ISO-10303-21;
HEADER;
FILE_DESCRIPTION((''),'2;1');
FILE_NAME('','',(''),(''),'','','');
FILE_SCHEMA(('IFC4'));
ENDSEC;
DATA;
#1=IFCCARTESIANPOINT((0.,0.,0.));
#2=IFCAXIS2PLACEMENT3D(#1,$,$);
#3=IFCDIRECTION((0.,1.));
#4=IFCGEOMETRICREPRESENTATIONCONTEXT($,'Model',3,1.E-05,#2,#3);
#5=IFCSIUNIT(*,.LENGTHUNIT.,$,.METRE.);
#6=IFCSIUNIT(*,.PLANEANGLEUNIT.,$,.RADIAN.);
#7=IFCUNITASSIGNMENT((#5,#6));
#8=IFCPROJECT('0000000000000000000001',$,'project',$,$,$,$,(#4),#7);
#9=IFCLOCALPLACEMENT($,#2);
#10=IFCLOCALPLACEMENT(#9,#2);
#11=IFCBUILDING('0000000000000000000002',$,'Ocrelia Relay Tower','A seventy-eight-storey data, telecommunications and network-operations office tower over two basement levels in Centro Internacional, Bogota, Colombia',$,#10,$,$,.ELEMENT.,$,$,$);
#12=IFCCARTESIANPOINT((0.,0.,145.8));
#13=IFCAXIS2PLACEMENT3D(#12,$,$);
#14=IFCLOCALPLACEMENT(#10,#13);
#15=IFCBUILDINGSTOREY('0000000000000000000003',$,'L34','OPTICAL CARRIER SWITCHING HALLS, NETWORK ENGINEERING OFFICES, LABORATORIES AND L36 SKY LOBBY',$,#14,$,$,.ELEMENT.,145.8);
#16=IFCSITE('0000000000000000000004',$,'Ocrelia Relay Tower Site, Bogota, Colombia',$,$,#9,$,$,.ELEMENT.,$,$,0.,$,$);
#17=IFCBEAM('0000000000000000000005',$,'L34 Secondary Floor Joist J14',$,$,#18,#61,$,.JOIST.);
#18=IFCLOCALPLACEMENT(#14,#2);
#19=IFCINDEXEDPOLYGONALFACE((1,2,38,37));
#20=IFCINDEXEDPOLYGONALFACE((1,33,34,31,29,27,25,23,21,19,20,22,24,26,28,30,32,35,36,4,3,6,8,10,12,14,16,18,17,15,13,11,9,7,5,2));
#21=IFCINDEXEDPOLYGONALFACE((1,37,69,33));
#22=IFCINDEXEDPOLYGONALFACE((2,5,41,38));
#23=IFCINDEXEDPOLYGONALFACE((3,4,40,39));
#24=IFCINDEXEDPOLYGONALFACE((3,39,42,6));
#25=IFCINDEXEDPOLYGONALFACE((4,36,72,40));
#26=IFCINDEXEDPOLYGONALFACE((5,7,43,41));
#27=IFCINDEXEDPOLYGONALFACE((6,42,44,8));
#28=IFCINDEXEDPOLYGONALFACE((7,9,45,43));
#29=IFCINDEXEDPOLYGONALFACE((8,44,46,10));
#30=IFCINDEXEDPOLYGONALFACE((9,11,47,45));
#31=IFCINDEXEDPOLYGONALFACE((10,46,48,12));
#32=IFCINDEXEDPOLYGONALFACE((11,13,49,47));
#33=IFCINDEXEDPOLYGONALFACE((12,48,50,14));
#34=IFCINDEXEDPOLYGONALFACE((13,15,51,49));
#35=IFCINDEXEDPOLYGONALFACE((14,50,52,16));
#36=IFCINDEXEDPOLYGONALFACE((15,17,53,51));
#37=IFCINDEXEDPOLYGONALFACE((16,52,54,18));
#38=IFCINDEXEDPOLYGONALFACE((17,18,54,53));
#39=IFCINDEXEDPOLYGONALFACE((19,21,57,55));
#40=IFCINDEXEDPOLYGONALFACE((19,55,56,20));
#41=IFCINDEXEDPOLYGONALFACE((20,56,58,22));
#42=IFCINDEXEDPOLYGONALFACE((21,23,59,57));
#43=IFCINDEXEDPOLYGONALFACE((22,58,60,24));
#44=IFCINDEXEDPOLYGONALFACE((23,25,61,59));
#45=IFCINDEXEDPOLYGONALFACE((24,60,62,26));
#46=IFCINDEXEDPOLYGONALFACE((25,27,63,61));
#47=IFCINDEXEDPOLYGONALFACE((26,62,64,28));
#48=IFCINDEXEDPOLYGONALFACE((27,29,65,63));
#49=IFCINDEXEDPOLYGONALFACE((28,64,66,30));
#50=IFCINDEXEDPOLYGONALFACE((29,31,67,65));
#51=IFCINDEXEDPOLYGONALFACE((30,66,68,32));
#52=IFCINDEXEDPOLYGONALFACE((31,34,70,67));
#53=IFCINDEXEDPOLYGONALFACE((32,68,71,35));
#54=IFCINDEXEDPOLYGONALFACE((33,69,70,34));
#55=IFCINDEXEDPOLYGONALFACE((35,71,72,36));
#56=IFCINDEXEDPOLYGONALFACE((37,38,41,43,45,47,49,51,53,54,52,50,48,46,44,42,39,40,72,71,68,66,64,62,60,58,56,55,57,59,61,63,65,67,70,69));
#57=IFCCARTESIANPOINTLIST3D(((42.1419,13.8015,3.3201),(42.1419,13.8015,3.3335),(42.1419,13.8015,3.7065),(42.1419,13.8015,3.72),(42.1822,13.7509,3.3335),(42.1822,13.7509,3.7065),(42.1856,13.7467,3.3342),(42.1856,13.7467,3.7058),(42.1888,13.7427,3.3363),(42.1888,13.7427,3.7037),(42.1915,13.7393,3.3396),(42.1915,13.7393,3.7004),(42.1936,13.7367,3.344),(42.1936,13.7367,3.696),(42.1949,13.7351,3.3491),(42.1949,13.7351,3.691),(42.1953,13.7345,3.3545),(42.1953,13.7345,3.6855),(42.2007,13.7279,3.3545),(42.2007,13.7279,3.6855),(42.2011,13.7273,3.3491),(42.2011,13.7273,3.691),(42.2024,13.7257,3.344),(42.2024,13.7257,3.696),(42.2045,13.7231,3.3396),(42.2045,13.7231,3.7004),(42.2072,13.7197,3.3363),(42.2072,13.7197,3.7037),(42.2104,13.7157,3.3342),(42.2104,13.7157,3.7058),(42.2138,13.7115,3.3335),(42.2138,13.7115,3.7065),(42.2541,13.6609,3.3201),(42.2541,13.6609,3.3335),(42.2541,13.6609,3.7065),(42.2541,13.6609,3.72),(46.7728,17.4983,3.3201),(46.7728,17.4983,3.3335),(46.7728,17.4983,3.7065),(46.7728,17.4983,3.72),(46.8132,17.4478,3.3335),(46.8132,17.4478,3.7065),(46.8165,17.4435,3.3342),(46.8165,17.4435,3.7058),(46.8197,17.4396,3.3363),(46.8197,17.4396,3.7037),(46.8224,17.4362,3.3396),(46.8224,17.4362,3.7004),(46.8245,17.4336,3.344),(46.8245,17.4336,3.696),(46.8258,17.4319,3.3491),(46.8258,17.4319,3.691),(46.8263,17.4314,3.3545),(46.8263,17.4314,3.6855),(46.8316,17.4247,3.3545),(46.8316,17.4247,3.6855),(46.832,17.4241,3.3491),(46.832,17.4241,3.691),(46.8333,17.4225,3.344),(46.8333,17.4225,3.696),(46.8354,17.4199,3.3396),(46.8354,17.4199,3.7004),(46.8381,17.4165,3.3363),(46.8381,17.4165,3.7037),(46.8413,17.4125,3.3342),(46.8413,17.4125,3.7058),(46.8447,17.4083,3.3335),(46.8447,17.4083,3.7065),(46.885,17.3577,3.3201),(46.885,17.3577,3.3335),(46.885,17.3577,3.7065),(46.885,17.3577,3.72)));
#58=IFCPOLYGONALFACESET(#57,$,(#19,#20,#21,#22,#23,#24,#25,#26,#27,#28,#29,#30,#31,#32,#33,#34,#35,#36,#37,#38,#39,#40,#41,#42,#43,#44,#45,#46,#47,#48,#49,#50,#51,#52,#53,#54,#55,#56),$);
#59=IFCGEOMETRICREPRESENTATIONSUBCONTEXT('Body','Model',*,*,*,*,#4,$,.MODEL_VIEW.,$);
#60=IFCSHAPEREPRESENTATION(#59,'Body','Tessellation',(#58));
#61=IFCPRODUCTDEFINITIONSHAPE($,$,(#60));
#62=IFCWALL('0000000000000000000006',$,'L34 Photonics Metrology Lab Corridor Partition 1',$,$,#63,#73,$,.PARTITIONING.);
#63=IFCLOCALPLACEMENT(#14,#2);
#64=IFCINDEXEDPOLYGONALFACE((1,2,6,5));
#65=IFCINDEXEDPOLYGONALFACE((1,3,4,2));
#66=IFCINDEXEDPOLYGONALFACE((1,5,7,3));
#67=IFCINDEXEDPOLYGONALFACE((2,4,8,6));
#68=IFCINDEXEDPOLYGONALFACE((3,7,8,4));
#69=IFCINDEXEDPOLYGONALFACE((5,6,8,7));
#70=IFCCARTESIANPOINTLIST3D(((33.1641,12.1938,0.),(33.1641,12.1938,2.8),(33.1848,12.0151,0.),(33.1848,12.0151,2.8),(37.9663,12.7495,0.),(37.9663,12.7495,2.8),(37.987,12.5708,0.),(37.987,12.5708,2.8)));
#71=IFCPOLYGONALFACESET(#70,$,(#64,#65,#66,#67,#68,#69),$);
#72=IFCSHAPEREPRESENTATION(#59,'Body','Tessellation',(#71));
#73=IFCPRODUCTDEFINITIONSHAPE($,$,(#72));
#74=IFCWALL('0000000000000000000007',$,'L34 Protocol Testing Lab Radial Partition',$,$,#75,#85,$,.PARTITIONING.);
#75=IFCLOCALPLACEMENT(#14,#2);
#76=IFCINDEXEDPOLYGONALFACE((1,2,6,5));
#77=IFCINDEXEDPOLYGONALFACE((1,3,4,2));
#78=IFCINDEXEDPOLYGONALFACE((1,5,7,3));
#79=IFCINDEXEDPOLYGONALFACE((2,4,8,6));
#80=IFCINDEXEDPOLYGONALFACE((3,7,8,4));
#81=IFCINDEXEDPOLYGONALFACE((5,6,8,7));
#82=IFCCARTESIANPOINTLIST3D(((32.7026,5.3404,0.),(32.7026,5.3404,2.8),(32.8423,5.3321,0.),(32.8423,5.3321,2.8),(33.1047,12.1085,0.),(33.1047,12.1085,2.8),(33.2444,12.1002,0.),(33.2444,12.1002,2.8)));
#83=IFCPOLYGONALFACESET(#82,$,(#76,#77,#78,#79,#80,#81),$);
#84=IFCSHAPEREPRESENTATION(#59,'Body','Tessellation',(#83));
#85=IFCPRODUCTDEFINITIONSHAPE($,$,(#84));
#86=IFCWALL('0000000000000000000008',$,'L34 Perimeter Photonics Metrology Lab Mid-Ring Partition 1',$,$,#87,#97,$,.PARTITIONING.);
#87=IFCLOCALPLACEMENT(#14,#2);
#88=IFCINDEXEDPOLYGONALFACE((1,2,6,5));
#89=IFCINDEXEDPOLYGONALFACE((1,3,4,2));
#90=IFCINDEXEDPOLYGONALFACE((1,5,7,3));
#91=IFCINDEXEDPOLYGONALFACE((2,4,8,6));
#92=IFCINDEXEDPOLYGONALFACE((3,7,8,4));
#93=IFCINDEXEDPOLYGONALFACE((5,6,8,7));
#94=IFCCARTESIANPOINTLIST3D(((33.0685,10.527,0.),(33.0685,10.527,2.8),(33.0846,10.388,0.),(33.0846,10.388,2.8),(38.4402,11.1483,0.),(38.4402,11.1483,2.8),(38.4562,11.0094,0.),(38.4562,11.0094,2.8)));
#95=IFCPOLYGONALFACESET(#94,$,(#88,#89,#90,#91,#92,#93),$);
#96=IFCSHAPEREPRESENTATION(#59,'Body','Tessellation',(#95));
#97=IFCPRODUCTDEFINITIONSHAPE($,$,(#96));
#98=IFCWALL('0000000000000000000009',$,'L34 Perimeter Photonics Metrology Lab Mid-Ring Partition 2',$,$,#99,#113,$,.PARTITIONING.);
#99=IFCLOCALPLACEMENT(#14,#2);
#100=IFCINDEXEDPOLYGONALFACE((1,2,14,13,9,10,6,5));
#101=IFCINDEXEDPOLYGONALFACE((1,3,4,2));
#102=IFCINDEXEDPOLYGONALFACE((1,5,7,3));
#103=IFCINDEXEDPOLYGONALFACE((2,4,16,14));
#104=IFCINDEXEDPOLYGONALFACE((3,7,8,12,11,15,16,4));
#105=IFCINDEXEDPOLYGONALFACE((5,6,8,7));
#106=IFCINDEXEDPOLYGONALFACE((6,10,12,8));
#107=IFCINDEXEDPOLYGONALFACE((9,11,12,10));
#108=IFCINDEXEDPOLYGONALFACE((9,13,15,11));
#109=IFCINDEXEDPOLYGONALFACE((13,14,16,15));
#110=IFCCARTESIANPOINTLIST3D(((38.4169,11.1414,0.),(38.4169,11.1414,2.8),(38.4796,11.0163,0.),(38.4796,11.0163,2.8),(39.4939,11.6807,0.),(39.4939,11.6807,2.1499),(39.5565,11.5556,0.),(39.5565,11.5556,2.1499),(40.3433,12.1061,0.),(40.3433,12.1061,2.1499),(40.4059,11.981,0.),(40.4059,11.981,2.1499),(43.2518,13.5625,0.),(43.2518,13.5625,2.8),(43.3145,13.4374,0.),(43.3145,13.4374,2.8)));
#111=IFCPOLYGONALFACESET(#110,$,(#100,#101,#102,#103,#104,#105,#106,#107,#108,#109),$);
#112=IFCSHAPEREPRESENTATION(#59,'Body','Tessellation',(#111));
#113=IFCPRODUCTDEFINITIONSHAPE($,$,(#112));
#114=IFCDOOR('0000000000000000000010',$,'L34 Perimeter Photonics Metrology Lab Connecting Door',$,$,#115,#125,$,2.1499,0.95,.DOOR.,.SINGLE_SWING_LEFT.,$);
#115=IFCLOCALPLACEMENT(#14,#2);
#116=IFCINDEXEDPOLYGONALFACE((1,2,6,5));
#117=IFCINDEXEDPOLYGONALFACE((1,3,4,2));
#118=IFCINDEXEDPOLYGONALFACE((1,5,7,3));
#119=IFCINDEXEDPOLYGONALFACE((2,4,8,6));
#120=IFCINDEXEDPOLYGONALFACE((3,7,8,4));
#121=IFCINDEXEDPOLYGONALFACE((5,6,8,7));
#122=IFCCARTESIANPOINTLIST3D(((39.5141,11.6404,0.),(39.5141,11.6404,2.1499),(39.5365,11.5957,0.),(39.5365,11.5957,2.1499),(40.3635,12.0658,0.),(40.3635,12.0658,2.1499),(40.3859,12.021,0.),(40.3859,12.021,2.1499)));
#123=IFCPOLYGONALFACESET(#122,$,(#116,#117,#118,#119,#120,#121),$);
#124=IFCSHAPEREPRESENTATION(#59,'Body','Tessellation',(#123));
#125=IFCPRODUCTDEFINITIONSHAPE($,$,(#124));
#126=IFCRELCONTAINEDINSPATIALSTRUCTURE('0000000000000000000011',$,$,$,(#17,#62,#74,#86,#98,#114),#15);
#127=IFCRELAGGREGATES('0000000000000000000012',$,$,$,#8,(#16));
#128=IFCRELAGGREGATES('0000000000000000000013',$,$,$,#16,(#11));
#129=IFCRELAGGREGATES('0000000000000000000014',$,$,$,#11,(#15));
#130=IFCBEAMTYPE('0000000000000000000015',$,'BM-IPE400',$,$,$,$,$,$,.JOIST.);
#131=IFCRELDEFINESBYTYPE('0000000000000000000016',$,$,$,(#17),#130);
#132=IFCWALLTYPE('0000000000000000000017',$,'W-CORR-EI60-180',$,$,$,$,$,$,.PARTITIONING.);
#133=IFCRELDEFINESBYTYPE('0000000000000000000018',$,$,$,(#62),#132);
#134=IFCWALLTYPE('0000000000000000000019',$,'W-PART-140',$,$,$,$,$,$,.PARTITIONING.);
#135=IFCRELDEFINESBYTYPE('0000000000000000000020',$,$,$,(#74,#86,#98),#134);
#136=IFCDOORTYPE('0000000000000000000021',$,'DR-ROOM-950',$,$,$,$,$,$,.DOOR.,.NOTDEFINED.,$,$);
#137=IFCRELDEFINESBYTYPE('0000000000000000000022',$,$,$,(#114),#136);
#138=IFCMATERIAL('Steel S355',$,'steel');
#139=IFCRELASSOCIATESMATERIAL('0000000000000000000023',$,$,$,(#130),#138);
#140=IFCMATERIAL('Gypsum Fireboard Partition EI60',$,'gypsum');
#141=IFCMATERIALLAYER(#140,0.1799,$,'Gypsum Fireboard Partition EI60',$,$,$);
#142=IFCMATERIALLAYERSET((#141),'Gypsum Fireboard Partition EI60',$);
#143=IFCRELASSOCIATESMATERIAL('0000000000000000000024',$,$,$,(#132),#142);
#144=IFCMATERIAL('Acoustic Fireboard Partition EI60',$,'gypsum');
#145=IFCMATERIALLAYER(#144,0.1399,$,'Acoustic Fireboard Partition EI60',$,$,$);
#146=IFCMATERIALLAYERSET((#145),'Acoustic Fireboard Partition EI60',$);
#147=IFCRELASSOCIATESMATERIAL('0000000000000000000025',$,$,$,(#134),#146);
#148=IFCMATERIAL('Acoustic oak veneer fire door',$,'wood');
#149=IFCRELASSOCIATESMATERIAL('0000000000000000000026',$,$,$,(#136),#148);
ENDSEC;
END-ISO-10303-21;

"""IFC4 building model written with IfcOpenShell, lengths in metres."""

from ifc_helpers import new_model, si_unit, direction, frame, frame_2d, origin, origin_2d, place, context, subcontext, project, spatial, rectangle, i_section, extrude, material, layer, layer_set, material_profile, profile_set, type_object, element, fill, save


model = new_model("IFC4")

# Units and contexts
model_context = context("Model", 3, precision=1e-05, world=origin(), true_north=direction((0.0, 1.0)))
body_context = subcontext(model_context, "Body", "Model", "MODEL_VIEW")
ifc_project = project(units=[si_unit("LENGTHUNIT", "METRE"), si_unit("PLANEANGLEUNIT", "RADIAN")], contexts=[model_context])

# Site, building, storey
site_placement = place(None, origin())
site = spatial("IfcSite", under=ifc_project, at=site_placement, Name="Ocrelia Relay Tower Site, Bogota, Colombia", CompositionType="ELEMENT", RefElevation=0.0)
building_placement = place(site_placement, origin())
building = spatial("IfcBuilding", under=site, at=building_placement, Name="Ocrelia Relay Tower", Description="A seventy-eight-storey data, telecommunications and network-operations office tower over two basement levels in Centro Internacional, Bogota, Colombia", CompositionType="ELEMENT")
storey_placement = place(building_placement, frame((0.0, 0.0, 145.8)))
storey = spatial("IfcBuildingStorey", under=building, at=storey_placement, Name="L34", Description="OPTICAL CARRIER SWITCHING HALLS, NETWORK ENGINEERING OFFICES, LABORATORIES AND L36 SKY LOBBY", CompositionType="ELEMENT", Elevation=145.8)

# Beam
ifc_material_1 = material(Name="Steel S355", Category="steel")
ifc_material_profile_1 = material_profile(ifc_material_1, i_section(OverallWidth=0.1799, OverallDepth=0.3999, WebThickness=0.0085, FlangeThickness=0.0134, FilletRadius=0.021, at=origin_2d()), Name="IPE 400")
ifc_profile_set_1 = profile_set([ifc_material_profile_1], Name="Steel S355")
beam_type_1 = type_object("IfcBeamType", Name="BM-IPE400", PredefinedType="JOIST", material=ifc_profile_set_1)
beam_1_placement = place(storey_placement, frame((42.198, 13.7312, 3.52), z_axis=(0.78152, 0.623881, 0.0), x_axis=(-0.623881, 0.78152, 0.0)))
element("IfcBeam", 1, at=beam_1_placement, inside=storey, type_object=beam_type_1, Name="L34 Secondary Floor Joist J14", PredefinedType="JOIST", context=body_context, shape_type="SweptSolid", body=[
    extrude(i_section(OverallWidth=0.1799, OverallDepth=0.3999, WebThickness=0.0085, FlangeThickness=0.0134, FilletRadius=0.021, at=origin_2d()), origin(), (0.0, 0.0, 1.0), 5.9255),
])

# Wall
ifc_material_2 = material(Name="Gypsum Fireboard Partition EI60", Category="gypsum")
ifc_layer_1 = layer(ifc_material_2, 0.1799, Name="Gypsum Fireboard Partition EI60")
ifc_layer_set_1 = layer_set([ifc_layer_1], Name="Gypsum Fireboard Partition EI60")
wall_type_1 = type_object("IfcWallType", Name="W-CORR-EI60-180", PredefinedType="PARTITIONING", material=ifc_layer_set_1)
wall_1_placement = place(storey_placement, frame((33.1746, 12.1045, 0.0), z_axis=(0.0, 0.0, 1.0), x_axis=(0.993372, 0.114942, 0.0)))
element("IfcWall", 2, at=wall_1_placement, inside=storey, type_object=wall_type_1, Name="L34 Photonics Metrology Lab Corridor Partition 1", PredefinedType="PARTITIONING", context=body_context, shape_type="SweptSolid", body=[
    extrude(rectangle(XDim=4.8342, YDim=0.1799, at=frame_2d((2.417, 0.0))), origin(), (0.0, 0.0, 1.0), 2.8),
])

# Shared definitions
ifc_material_3 = material(Name="Acoustic oak veneer fire door", Category="wood")

# Walls
ifc_material_4 = material(Name="Acoustic Fireboard Partition EI60", Category="gypsum")
ifc_layer_2 = layer(ifc_material_4, 0.1399, Name="Acoustic Fireboard Partition EI60")
ifc_layer_set_2 = layer_set([ifc_layer_2], Name="Acoustic Fireboard Partition EI60")
wall_type_2 = type_object("IfcWallType", Name="W-PART-140", PredefinedType="PARTITIONING", material=ifc_layer_set_2)
wall_2_placement = place(storey_placement, frame((33.1746, 12.1045, 0.0), z_axis=(0.0, 0.0, 1.0), x_axis=(-0.059307, -0.99824, 0.0)))
element("IfcWall", 3, at=wall_2_placement, inside=storey, type_object=wall_type_2, Name="L34 Protocol Testing Lab Radial Partition", PredefinedType="PARTITIONING", context=body_context, shape_type="SweptSolid", body=[
    extrude(rectangle(XDim=6.78, YDim=0.1399, at=frame_2d((3.3901, 0.0))), origin(), (0.0, 0.0, 1.0), 2.8),
])
wall_3_placement = place(storey_placement, frame((33.0767, 10.4575, 0.0), z_axis=(0.0, 0.0, 1.0), x_axis=(0.993376, 0.114905, 0.0)))
element("IfcWall", 4, at=wall_3_placement, inside=storey, type_object=wall_type_2, Name="L34 Perimeter Photonics Metrology Lab Mid-Ring Partition 1", PredefinedType="PARTITIONING", context=body_context, shape_type="SweptSolid", body=[
    extrude(rectangle(XDim=5.4075, YDim=0.1399, at=frame_2d((2.7036, 0.0))), origin(), (0.0, 0.0, 1.0), 2.8),
])

# Wall, opening, door
wall_4_placement = place(storey_placement, frame((38.4482, 11.0789, 0.0), z_axis=(0.0, 0.0, 1.0), x_axis=(0.894156, 0.447755, 0.0)))
wall_4 = element("IfcWall", 5, at=wall_4_placement, inside=storey, type_object=wall_type_2, Name="L34 Perimeter Photonics Metrology Lab Mid-Ring Partition 2", PredefinedType="PARTITIONING", context=body_context, shape_type="SweptSolid", body=[
    extrude(rectangle(XDim=5.4072, YDim=0.1399, at=frame_2d((2.7036, 0.0))), origin(), (0.0, 0.0, 1.0), 2.8),
])
opening_1_placement = place(wall_4_placement, frame((1.2043, 0.0, 0.0)))
opening_1 = element("IfcOpeningElement", 6, at=opening_1_placement, cuts=wall_4, PredefinedType="OPENING", context=body_context, shape_type="SweptSolid", body=[
    extrude(rectangle(XDim=0.95, YDim=2.1499, at=frame_2d((0.4751, 1.075))), frame((0.0, 0.0801, 0.0), z_axis=(0.0, -1.0, 0.0), x_axis=(1.0, 0.0, 0.0)), (0.0, 0.0, 1.0), 0.1599),
])
door_type_1 = type_object("IfcDoorType", Name="DR-ROOM-950", OperationType="NOTDEFINED", PredefinedType="DOOR", material=ifc_material_3)
door_1_placement = place(opening_1_placement, origin())
door_1 = element("IfcDoor", 7, at=door_1_placement, inside=storey, type_object=door_type_1, Name="L34 Perimeter Photonics Metrology Lab Connecting Door", OperationType="SINGLE_SWING_LEFT", OverallHeight=2.1499, OverallWidth=0.95, PredefinedType="DOOR", context=body_context, shape_type="SweptSolid", body=[
    extrude(rectangle(XDim=0.95, YDim=2.1499, at=frame_2d((0.4751, 1.075))), frame((0.0, 0.0249, 0.0), z_axis=(0.0, -1.0, 0.0), x_axis=(1.0, 0.0, 0.0)), (0.0, 0.0, 1.0), 0.05),
])
fill(opening_1, door_1)

save(model, "model.ifc")
